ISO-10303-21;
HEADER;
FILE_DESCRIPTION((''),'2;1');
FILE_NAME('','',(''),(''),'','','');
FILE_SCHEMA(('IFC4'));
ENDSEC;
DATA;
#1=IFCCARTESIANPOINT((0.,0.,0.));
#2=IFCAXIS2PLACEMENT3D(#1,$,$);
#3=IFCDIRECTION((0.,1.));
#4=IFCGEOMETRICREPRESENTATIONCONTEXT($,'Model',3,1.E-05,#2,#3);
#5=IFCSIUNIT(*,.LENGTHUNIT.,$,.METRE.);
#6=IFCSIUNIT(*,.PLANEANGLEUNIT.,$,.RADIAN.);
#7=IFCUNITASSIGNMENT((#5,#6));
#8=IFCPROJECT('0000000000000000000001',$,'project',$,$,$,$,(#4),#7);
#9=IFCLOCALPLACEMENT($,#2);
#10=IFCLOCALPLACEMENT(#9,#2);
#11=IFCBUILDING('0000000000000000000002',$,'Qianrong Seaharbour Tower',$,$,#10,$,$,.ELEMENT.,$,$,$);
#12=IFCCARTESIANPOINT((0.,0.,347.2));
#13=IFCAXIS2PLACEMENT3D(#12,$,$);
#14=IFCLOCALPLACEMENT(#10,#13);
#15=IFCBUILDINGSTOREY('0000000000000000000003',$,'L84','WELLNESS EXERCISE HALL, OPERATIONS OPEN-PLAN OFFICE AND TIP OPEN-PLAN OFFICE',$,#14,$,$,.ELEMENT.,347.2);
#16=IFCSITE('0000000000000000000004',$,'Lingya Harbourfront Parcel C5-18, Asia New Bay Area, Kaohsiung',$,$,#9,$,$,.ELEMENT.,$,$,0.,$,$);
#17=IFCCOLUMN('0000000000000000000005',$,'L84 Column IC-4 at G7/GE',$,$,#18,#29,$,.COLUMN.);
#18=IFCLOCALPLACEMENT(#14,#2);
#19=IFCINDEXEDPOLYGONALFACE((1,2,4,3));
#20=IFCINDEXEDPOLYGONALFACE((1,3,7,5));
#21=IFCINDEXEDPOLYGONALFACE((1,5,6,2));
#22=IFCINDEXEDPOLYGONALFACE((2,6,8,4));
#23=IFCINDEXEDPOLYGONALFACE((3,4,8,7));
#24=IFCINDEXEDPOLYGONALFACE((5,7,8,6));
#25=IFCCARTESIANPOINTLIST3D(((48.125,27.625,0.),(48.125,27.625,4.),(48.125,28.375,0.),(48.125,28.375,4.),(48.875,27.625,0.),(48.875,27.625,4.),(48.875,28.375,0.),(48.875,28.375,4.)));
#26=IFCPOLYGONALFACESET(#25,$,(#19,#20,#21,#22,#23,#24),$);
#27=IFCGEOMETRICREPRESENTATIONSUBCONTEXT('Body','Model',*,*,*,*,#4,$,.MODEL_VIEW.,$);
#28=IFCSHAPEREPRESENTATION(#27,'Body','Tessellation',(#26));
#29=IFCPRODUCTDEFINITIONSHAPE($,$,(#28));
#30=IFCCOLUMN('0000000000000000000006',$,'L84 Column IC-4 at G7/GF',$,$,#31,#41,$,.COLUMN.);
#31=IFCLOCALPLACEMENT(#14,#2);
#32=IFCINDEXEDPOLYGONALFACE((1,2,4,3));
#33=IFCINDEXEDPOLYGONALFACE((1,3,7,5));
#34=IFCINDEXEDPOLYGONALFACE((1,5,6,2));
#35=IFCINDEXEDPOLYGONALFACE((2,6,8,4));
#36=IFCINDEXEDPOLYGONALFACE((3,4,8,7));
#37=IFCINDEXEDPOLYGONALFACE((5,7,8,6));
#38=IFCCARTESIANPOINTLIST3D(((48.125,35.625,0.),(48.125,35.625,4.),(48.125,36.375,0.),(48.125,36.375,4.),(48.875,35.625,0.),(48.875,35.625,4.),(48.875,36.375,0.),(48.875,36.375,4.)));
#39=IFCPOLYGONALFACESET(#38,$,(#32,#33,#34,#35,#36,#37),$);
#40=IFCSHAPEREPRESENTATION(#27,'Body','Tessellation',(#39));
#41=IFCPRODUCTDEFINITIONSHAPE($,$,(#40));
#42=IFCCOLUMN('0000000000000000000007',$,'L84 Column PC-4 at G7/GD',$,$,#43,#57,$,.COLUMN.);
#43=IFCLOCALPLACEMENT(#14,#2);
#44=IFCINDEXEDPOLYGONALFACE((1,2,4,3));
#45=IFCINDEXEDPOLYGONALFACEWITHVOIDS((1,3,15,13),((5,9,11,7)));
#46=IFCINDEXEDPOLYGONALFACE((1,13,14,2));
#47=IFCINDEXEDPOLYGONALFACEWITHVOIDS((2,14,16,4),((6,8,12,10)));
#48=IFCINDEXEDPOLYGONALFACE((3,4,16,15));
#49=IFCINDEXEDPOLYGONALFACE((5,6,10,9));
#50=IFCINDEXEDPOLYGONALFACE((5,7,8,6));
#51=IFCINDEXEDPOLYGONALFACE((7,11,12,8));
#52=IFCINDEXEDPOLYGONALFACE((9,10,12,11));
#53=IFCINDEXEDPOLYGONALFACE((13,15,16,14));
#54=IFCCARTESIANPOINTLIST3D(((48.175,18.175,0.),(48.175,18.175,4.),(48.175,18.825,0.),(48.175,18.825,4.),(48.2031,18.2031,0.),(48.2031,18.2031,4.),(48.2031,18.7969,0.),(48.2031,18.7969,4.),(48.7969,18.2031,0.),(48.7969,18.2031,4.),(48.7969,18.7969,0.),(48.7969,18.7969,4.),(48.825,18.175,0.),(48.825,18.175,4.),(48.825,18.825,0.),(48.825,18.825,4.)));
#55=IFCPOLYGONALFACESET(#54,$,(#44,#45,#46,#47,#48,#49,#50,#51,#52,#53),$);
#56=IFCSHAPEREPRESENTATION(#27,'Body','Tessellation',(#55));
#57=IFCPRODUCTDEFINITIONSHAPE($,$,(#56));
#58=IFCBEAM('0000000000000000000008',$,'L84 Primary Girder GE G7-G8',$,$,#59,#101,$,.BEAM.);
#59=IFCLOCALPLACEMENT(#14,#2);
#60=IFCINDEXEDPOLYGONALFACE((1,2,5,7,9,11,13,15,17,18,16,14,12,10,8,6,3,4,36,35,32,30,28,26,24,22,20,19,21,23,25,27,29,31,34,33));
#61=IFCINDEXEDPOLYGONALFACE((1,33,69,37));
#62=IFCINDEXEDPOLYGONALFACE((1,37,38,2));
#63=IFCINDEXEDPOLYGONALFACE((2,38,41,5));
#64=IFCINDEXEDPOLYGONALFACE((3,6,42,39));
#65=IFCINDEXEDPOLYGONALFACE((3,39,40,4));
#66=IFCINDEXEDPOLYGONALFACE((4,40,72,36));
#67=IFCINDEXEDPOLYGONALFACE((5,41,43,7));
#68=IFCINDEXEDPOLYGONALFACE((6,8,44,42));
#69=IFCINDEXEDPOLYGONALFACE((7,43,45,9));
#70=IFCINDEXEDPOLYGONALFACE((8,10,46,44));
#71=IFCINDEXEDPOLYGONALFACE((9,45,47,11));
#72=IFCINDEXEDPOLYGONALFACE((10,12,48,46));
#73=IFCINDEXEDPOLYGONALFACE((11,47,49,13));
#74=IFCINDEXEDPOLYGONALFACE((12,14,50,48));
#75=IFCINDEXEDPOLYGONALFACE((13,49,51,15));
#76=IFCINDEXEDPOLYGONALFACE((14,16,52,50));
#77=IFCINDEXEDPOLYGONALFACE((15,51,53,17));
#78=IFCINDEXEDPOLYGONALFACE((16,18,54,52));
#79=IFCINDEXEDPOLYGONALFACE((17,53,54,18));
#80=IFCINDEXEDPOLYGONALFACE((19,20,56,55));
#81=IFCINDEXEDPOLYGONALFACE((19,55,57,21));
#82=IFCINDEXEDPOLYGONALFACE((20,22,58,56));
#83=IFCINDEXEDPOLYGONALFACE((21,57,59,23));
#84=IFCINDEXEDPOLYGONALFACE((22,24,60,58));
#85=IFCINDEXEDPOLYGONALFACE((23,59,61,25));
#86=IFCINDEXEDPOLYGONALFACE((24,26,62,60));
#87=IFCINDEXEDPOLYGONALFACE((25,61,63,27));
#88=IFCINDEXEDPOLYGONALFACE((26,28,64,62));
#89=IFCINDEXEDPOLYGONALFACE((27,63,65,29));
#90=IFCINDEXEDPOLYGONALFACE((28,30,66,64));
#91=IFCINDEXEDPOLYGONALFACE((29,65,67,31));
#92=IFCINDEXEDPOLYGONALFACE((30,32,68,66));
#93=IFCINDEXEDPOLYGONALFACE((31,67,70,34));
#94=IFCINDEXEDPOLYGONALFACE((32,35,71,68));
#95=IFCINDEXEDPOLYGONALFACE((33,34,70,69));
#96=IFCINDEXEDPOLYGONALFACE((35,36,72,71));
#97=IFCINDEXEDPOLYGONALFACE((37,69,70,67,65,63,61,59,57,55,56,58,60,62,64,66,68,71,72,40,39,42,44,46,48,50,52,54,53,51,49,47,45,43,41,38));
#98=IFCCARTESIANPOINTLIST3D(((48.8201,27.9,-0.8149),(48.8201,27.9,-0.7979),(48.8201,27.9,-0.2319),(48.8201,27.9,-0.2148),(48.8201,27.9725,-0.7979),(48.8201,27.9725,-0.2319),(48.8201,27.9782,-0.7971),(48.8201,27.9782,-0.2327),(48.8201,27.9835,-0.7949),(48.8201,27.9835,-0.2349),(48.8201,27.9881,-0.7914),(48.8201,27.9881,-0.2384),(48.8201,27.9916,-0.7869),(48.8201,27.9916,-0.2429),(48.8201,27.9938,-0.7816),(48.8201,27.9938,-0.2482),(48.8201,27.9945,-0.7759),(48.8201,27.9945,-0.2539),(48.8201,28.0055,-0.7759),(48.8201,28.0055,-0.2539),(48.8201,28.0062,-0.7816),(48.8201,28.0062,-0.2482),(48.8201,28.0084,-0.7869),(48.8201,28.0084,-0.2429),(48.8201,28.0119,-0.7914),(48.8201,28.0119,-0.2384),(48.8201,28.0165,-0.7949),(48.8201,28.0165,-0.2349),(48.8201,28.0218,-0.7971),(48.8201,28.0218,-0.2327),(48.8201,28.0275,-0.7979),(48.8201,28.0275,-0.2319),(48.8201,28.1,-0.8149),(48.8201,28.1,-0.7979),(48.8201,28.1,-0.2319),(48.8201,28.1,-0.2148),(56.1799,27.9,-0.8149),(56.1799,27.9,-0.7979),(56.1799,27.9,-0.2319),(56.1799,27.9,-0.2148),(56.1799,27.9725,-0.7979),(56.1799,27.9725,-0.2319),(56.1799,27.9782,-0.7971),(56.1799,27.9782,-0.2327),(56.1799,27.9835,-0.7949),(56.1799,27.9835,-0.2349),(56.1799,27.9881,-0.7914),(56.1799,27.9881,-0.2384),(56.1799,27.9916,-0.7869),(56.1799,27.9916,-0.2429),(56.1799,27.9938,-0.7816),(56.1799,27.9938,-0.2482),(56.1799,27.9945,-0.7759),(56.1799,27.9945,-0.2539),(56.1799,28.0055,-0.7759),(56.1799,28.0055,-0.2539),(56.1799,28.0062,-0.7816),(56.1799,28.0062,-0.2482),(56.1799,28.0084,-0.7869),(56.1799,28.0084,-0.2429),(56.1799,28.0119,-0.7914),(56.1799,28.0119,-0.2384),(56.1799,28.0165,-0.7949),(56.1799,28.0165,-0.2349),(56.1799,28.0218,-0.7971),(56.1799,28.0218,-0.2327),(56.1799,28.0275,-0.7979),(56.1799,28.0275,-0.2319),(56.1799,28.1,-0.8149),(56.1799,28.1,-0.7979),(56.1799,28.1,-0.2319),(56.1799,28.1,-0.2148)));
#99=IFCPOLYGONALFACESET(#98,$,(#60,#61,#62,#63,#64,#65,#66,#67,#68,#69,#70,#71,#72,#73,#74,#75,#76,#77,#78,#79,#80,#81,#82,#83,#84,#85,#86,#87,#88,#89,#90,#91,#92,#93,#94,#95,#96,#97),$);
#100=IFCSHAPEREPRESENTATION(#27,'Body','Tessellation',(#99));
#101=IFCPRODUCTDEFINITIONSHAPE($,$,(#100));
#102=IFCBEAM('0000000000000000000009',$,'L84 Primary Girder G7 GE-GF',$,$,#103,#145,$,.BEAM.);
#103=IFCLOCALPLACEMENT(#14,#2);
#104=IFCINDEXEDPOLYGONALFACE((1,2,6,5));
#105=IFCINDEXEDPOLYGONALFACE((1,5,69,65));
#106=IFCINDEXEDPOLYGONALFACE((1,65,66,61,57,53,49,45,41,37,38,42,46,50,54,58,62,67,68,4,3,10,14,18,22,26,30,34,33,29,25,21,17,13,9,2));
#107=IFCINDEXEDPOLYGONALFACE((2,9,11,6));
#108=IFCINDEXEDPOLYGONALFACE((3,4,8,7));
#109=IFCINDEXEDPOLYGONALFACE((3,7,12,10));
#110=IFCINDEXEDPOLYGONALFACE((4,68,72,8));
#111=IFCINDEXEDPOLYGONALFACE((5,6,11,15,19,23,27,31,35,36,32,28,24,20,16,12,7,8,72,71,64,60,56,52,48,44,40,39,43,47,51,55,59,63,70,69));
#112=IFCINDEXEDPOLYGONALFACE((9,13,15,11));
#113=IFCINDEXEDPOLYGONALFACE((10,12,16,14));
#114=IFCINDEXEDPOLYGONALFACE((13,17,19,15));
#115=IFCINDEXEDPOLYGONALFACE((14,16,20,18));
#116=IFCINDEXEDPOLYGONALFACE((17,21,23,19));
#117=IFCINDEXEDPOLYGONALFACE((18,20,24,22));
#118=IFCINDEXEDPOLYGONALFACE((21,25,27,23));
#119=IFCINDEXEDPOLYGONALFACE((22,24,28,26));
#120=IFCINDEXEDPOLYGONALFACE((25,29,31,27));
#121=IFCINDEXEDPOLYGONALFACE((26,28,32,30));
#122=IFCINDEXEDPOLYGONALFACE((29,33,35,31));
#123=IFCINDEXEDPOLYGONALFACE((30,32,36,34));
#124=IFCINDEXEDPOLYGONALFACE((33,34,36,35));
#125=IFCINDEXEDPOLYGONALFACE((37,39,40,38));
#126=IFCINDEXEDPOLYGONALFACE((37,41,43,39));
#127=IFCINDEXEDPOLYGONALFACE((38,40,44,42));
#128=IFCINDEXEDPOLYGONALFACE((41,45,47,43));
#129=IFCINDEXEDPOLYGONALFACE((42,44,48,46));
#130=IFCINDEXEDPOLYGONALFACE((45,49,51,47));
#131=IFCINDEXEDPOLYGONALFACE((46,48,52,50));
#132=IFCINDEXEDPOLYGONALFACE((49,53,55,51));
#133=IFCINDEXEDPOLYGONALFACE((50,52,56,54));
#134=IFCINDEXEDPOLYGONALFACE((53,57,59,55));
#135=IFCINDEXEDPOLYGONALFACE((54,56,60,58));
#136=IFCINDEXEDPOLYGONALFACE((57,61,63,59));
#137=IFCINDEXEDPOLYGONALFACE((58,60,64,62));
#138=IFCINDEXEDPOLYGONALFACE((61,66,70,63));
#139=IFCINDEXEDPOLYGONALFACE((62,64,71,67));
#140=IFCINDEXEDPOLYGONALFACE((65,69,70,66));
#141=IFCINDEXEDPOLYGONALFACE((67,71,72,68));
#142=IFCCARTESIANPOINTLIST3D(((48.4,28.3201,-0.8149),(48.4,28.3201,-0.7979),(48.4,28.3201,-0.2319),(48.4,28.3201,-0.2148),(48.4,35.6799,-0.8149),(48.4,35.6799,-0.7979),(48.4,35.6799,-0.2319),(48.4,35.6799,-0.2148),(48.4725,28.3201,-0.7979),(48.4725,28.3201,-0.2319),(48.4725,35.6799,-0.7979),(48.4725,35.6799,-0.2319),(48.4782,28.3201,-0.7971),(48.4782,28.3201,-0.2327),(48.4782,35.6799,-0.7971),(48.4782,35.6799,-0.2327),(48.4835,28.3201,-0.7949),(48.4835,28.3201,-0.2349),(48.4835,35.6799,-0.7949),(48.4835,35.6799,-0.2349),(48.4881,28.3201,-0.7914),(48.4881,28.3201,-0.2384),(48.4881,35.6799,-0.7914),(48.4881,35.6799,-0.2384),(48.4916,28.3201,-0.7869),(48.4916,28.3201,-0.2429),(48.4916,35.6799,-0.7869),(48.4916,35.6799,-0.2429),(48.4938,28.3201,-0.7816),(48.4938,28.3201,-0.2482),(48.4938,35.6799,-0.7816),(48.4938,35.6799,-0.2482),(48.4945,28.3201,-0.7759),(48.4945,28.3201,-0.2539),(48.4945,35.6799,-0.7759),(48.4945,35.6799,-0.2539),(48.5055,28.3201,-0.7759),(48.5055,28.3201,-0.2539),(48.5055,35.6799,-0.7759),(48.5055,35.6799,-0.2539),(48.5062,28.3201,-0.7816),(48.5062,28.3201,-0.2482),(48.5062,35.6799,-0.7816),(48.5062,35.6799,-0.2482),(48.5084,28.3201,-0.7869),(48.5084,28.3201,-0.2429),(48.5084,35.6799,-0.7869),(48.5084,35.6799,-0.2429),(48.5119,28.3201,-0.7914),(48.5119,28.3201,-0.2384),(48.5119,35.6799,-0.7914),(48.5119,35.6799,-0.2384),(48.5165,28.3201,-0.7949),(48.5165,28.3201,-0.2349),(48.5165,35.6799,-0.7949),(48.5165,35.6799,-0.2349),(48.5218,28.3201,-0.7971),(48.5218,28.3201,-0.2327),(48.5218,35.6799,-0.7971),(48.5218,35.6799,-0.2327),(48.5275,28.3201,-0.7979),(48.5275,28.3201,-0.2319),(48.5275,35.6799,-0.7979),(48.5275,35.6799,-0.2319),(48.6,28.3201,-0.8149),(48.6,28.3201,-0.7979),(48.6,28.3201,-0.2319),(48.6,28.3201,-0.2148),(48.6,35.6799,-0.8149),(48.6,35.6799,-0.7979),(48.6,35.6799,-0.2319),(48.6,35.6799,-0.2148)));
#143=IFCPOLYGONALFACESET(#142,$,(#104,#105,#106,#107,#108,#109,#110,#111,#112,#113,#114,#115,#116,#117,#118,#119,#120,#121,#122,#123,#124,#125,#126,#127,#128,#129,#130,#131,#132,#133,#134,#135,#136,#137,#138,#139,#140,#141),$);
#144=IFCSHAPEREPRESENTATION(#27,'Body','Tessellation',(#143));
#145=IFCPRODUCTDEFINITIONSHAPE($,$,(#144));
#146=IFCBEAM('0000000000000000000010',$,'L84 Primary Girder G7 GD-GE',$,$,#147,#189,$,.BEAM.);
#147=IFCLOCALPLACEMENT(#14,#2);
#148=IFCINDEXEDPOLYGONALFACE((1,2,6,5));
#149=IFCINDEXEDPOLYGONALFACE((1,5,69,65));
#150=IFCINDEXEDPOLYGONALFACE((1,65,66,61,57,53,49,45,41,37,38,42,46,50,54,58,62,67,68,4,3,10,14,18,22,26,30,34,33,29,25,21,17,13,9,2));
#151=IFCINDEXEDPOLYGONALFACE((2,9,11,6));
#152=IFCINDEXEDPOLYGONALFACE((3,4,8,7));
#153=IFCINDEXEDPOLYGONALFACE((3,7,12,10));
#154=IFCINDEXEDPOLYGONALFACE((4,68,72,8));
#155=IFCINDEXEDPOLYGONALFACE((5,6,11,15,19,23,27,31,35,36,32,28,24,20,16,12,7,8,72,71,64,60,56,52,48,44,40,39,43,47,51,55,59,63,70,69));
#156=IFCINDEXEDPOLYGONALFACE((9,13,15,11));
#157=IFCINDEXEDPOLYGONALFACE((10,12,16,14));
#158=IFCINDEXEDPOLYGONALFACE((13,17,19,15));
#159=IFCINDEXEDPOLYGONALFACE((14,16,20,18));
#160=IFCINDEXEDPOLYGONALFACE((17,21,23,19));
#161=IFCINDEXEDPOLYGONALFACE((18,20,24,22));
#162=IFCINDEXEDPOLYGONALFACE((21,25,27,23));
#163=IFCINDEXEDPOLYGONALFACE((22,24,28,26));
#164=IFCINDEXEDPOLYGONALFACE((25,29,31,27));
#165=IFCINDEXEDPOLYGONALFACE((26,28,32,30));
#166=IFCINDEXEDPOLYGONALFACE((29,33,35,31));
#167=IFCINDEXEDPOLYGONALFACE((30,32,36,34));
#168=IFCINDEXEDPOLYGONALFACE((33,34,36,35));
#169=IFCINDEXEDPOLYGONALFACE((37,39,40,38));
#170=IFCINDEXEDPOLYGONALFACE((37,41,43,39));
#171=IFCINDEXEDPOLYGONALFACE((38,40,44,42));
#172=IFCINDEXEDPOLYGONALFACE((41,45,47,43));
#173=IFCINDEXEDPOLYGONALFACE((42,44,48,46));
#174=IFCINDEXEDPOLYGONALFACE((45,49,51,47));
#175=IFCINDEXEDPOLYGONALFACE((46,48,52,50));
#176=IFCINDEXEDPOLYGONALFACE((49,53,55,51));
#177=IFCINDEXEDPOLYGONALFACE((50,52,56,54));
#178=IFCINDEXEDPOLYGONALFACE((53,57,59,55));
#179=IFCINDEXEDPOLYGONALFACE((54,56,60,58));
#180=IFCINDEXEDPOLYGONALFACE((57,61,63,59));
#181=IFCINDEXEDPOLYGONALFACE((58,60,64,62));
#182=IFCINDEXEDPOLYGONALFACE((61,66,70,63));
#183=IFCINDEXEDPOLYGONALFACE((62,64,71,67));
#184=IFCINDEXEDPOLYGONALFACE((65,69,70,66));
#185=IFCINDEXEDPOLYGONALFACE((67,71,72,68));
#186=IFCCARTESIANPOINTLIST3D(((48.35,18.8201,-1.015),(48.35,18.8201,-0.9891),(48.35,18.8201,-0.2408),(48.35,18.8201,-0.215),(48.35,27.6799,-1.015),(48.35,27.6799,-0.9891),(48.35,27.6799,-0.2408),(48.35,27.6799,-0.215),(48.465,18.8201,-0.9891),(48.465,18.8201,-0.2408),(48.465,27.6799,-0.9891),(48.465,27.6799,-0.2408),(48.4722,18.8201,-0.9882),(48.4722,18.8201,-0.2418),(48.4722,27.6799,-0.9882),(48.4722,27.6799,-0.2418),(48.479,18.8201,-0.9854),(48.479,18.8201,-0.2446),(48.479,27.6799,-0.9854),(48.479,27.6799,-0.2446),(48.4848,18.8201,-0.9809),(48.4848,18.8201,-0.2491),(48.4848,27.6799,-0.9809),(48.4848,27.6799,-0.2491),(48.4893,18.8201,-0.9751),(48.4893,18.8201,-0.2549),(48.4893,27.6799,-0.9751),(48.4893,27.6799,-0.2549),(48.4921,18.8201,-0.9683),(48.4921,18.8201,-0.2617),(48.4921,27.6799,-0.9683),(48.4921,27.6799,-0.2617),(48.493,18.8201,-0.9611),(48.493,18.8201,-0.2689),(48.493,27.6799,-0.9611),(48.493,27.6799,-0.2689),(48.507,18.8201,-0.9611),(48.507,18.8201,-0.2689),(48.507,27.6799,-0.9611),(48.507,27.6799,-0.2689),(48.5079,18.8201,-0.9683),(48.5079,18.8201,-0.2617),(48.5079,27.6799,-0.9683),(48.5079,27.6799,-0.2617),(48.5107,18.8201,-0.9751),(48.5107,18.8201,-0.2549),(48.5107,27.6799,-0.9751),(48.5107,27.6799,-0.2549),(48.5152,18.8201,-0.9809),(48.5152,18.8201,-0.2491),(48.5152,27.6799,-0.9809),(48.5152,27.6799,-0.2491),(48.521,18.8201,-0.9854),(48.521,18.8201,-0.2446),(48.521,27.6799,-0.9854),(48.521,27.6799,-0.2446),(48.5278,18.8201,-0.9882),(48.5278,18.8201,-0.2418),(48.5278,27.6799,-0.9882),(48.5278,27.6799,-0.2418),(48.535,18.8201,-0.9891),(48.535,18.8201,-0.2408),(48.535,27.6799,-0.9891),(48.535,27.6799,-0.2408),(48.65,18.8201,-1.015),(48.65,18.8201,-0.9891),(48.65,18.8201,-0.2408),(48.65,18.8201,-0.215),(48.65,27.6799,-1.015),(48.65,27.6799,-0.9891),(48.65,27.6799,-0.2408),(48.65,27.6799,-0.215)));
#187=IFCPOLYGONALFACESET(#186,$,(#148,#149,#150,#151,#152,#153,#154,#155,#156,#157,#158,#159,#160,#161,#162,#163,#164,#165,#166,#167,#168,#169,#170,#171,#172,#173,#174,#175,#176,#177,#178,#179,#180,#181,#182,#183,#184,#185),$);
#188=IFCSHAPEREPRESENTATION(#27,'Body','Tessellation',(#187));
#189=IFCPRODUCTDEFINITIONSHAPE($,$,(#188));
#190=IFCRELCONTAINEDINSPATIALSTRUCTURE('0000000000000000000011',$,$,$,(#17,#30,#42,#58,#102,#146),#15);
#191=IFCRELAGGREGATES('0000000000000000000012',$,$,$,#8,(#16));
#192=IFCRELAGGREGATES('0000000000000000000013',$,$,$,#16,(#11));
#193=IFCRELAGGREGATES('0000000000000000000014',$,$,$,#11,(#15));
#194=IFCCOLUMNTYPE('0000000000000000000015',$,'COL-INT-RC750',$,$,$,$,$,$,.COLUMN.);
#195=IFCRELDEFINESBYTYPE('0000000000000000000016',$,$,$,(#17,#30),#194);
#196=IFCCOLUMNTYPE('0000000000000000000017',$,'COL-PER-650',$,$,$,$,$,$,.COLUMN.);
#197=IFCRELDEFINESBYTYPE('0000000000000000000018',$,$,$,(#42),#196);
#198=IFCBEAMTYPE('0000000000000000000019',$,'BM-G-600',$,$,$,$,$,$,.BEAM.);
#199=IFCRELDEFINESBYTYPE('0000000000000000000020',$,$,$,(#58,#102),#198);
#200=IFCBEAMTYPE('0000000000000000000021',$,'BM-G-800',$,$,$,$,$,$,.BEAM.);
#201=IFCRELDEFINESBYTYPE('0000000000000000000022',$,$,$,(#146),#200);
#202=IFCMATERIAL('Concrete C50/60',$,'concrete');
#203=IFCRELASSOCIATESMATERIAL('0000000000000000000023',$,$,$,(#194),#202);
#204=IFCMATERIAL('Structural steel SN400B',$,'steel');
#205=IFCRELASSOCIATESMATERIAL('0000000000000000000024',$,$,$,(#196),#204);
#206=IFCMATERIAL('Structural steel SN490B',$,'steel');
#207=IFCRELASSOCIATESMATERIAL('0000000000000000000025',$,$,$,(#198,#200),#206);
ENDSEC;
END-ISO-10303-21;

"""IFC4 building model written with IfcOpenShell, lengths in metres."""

from ifc_helpers import new_model, si_unit, direction, frame, origin, origin_2d, place, context, subcontext, project, spatial, rectangle, hollow_rectangle, i_section, extrude, material, material_profile, profile_set, type_object, element, save


model = new_model("IFC4")

# Units and contexts
model_context = context("Model", 3, precision=1e-05, world=origin(), true_north=direction((0.0, 1.0)))
body_context = subcontext(model_context, "Body", "Model", "MODEL_VIEW")
ifc_project = project(units=[si_unit("LENGTHUNIT", "METRE"), si_unit("PLANEANGLEUNIT", "RADIAN")], contexts=[model_context])

# Site, building, storey
site_placement = place(None, origin())
site = spatial("IfcSite", under=ifc_project, at=site_placement, Name="Lingya Harbourfront Parcel C5-18, Asia New Bay Area, Kaohsiung", CompositionType="ELEMENT", RefElevation=0.0)
building_placement = place(site_placement, origin())
building = spatial("IfcBuilding", under=site, at=building_placement, Name="Qianrong Seaharbour Tower", CompositionType="ELEMENT")
storey_placement = place(building_placement, frame((0.0, 0.0, 347.2)))
storey = spatial("IfcBuildingStorey", under=building, at=storey_placement, Name="L84", Description="WELLNESS EXERCISE HALL, OPERATIONS OPEN-PLAN OFFICE AND TIP OPEN-PLAN OFFICE", CompositionType="ELEMENT", Elevation=347.2)

# Columns
ifc_material_1 = material(Name="Concrete C50/60", Category="concrete")
ifc_material_profile_1 = material_profile(ifc_material_1, rectangle(XDim=0.75, YDim=0.75, at=origin_2d()), Name="RC750x750")
ifc_profile_set_1 = profile_set([ifc_material_profile_1], Name="Concrete C50/60")
column_type_1 = type_object("IfcColumnType", Name="COL-INT-RC750", PredefinedType="COLUMN", material=ifc_profile_set_1)
for number, where, z_axis, x_axis, name in (
    (1, (48.5, 28.0, 0.0), (0.0, 0.0, 1.0), (1.0, 0.0, 0.0), "L84 Column IC-4 at G7/GE"),
    (2, (48.5, 36.0, 0.0), (0.0, 0.0, 1.0), (1.0, 0.0, 0.0), "L84 Column IC-4 at G7/GF"),
):
    element("IfcColumn", number, at=place(storey_placement, frame(where, z_axis=z_axis, x_axis=x_axis)), inside=storey, type_object=column_type_1, Name=name, PredefinedType="COLUMN", context=body_context, shape_type="SweptSolid", body=[
        extrude(rectangle(XDim=0.75, YDim=0.75, at=origin_2d()), origin(), (0.0, 0.0, 1.0), 4.0),
    ])
ifc_material_2 = material(Name="Structural steel SN400B", Category="steel")
ifc_material_profile_2 = material_profile(ifc_material_2, hollow_rectangle(XDim=0.6499, YDim=0.6499, WallThickness=0.0281, at=origin_2d()), Name="BOX650x650x28")
ifc_profile_set_2 = profile_set([ifc_material_profile_2], Name="Structural steel SN400B")
column_type_2 = type_object("IfcColumnType", Name="COL-PER-650", PredefinedType="COLUMN", material=ifc_profile_set_2)
column_placement = place(storey_placement, frame((48.5, 18.5, 0.0), z_axis=(0.0, 0.0, 1.0), x_axis=(1.0, 0.0, 0.0)))
element("IfcColumn", 3, at=column_placement, inside=storey, type_object=column_type_2, Name="L84 Column PC-4 at G7/GD", PredefinedType="COLUMN", context=body_context, shape_type="SweptSolid", body=[
    extrude(hollow_rectangle(XDim=0.6499, YDim=0.6499, WallThickness=0.0281, at=origin_2d()), origin(), (0.0, 0.0, 1.0), 4.0),
])

# Beams
ifc_material_3 = material(Name="Structural steel SN490B", Category="steel")
ifc_material_profile_3 = material_profile(ifc_material_3, i_section(OverallWidth=0.2, OverallDepth=0.6001, WebThickness=0.011, FlangeThickness=0.0171, FilletRadius=0.022, at=origin_2d()), Name="H600x200x11x17")
ifc_profile_set_3 = profile_set([ifc_material_profile_3], Name="Structural steel SN490B")
beam_type_1 = type_object("IfcBeamType", Name="BM-G-600", PredefinedType="BEAM", material=ifc_profile_set_3)
for number, where, z_axis, x_axis, name in (
    (4, (48.8201, 28.0, -0.5149), (1.0, 0.0, 0.0), (0.0, 1.0, 0.0), "L84 Primary Girder GE G7-G8"),
    (5, (48.5, 28.3201, -0.5149), (0.0, 1.0, 0.0), (-1.0, 0.0, 0.0), "L84 Primary Girder G7 GE-GF"),
):
    element("IfcBeam", number, at=place(storey_placement, frame(where, z_axis=z_axis, x_axis=x_axis)), inside=storey, type_object=beam_type_1, Name=name, PredefinedType="BEAM", context=body_context, shape_type="SweptSolid", body=[
        extrude(i_section(OverallWidth=0.2, OverallDepth=0.6001, WebThickness=0.011, FlangeThickness=0.0171, FilletRadius=0.022, at=origin_2d()), origin(), (0.0, 0.0, 1.0), 7.3599),
    ])
ifc_material_profile_4 = material_profile(ifc_material_3, i_section(OverallWidth=0.3, OverallDepth=0.8, WebThickness=0.0139, FlangeThickness=0.0259, FilletRadius=0.0281, at=origin_2d()), Name="H800x300x14x26")
ifc_profile_set_4 = profile_set([ifc_material_profile_4], Name="Structural steel SN490B")
beam_type_2 = type_object("IfcBeamType", Name="BM-G-800", PredefinedType="BEAM", material=ifc_profile_set_4)
beam_1_placement = place(storey_placement, frame((48.5, 18.8201, -0.615), z_axis=(0.0, 1.0, 0.0), x_axis=(-1.0, 0.0, 0.0)))
element("IfcBeam", 6, at=beam_1_placement, inside=storey, type_object=beam_type_2, Name="L84 Primary Girder G7 GD-GE", PredefinedType="BEAM", context=body_context, shape_type="SweptSolid", body=[
    extrude(i_section(OverallWidth=0.3, OverallDepth=0.8, WebThickness=0.0139, FlangeThickness=0.0259, FilletRadius=0.0281, at=origin_2d()), origin(), (0.0, 0.0, 1.0), 8.8599),
])

save(model, "model.ifc")
